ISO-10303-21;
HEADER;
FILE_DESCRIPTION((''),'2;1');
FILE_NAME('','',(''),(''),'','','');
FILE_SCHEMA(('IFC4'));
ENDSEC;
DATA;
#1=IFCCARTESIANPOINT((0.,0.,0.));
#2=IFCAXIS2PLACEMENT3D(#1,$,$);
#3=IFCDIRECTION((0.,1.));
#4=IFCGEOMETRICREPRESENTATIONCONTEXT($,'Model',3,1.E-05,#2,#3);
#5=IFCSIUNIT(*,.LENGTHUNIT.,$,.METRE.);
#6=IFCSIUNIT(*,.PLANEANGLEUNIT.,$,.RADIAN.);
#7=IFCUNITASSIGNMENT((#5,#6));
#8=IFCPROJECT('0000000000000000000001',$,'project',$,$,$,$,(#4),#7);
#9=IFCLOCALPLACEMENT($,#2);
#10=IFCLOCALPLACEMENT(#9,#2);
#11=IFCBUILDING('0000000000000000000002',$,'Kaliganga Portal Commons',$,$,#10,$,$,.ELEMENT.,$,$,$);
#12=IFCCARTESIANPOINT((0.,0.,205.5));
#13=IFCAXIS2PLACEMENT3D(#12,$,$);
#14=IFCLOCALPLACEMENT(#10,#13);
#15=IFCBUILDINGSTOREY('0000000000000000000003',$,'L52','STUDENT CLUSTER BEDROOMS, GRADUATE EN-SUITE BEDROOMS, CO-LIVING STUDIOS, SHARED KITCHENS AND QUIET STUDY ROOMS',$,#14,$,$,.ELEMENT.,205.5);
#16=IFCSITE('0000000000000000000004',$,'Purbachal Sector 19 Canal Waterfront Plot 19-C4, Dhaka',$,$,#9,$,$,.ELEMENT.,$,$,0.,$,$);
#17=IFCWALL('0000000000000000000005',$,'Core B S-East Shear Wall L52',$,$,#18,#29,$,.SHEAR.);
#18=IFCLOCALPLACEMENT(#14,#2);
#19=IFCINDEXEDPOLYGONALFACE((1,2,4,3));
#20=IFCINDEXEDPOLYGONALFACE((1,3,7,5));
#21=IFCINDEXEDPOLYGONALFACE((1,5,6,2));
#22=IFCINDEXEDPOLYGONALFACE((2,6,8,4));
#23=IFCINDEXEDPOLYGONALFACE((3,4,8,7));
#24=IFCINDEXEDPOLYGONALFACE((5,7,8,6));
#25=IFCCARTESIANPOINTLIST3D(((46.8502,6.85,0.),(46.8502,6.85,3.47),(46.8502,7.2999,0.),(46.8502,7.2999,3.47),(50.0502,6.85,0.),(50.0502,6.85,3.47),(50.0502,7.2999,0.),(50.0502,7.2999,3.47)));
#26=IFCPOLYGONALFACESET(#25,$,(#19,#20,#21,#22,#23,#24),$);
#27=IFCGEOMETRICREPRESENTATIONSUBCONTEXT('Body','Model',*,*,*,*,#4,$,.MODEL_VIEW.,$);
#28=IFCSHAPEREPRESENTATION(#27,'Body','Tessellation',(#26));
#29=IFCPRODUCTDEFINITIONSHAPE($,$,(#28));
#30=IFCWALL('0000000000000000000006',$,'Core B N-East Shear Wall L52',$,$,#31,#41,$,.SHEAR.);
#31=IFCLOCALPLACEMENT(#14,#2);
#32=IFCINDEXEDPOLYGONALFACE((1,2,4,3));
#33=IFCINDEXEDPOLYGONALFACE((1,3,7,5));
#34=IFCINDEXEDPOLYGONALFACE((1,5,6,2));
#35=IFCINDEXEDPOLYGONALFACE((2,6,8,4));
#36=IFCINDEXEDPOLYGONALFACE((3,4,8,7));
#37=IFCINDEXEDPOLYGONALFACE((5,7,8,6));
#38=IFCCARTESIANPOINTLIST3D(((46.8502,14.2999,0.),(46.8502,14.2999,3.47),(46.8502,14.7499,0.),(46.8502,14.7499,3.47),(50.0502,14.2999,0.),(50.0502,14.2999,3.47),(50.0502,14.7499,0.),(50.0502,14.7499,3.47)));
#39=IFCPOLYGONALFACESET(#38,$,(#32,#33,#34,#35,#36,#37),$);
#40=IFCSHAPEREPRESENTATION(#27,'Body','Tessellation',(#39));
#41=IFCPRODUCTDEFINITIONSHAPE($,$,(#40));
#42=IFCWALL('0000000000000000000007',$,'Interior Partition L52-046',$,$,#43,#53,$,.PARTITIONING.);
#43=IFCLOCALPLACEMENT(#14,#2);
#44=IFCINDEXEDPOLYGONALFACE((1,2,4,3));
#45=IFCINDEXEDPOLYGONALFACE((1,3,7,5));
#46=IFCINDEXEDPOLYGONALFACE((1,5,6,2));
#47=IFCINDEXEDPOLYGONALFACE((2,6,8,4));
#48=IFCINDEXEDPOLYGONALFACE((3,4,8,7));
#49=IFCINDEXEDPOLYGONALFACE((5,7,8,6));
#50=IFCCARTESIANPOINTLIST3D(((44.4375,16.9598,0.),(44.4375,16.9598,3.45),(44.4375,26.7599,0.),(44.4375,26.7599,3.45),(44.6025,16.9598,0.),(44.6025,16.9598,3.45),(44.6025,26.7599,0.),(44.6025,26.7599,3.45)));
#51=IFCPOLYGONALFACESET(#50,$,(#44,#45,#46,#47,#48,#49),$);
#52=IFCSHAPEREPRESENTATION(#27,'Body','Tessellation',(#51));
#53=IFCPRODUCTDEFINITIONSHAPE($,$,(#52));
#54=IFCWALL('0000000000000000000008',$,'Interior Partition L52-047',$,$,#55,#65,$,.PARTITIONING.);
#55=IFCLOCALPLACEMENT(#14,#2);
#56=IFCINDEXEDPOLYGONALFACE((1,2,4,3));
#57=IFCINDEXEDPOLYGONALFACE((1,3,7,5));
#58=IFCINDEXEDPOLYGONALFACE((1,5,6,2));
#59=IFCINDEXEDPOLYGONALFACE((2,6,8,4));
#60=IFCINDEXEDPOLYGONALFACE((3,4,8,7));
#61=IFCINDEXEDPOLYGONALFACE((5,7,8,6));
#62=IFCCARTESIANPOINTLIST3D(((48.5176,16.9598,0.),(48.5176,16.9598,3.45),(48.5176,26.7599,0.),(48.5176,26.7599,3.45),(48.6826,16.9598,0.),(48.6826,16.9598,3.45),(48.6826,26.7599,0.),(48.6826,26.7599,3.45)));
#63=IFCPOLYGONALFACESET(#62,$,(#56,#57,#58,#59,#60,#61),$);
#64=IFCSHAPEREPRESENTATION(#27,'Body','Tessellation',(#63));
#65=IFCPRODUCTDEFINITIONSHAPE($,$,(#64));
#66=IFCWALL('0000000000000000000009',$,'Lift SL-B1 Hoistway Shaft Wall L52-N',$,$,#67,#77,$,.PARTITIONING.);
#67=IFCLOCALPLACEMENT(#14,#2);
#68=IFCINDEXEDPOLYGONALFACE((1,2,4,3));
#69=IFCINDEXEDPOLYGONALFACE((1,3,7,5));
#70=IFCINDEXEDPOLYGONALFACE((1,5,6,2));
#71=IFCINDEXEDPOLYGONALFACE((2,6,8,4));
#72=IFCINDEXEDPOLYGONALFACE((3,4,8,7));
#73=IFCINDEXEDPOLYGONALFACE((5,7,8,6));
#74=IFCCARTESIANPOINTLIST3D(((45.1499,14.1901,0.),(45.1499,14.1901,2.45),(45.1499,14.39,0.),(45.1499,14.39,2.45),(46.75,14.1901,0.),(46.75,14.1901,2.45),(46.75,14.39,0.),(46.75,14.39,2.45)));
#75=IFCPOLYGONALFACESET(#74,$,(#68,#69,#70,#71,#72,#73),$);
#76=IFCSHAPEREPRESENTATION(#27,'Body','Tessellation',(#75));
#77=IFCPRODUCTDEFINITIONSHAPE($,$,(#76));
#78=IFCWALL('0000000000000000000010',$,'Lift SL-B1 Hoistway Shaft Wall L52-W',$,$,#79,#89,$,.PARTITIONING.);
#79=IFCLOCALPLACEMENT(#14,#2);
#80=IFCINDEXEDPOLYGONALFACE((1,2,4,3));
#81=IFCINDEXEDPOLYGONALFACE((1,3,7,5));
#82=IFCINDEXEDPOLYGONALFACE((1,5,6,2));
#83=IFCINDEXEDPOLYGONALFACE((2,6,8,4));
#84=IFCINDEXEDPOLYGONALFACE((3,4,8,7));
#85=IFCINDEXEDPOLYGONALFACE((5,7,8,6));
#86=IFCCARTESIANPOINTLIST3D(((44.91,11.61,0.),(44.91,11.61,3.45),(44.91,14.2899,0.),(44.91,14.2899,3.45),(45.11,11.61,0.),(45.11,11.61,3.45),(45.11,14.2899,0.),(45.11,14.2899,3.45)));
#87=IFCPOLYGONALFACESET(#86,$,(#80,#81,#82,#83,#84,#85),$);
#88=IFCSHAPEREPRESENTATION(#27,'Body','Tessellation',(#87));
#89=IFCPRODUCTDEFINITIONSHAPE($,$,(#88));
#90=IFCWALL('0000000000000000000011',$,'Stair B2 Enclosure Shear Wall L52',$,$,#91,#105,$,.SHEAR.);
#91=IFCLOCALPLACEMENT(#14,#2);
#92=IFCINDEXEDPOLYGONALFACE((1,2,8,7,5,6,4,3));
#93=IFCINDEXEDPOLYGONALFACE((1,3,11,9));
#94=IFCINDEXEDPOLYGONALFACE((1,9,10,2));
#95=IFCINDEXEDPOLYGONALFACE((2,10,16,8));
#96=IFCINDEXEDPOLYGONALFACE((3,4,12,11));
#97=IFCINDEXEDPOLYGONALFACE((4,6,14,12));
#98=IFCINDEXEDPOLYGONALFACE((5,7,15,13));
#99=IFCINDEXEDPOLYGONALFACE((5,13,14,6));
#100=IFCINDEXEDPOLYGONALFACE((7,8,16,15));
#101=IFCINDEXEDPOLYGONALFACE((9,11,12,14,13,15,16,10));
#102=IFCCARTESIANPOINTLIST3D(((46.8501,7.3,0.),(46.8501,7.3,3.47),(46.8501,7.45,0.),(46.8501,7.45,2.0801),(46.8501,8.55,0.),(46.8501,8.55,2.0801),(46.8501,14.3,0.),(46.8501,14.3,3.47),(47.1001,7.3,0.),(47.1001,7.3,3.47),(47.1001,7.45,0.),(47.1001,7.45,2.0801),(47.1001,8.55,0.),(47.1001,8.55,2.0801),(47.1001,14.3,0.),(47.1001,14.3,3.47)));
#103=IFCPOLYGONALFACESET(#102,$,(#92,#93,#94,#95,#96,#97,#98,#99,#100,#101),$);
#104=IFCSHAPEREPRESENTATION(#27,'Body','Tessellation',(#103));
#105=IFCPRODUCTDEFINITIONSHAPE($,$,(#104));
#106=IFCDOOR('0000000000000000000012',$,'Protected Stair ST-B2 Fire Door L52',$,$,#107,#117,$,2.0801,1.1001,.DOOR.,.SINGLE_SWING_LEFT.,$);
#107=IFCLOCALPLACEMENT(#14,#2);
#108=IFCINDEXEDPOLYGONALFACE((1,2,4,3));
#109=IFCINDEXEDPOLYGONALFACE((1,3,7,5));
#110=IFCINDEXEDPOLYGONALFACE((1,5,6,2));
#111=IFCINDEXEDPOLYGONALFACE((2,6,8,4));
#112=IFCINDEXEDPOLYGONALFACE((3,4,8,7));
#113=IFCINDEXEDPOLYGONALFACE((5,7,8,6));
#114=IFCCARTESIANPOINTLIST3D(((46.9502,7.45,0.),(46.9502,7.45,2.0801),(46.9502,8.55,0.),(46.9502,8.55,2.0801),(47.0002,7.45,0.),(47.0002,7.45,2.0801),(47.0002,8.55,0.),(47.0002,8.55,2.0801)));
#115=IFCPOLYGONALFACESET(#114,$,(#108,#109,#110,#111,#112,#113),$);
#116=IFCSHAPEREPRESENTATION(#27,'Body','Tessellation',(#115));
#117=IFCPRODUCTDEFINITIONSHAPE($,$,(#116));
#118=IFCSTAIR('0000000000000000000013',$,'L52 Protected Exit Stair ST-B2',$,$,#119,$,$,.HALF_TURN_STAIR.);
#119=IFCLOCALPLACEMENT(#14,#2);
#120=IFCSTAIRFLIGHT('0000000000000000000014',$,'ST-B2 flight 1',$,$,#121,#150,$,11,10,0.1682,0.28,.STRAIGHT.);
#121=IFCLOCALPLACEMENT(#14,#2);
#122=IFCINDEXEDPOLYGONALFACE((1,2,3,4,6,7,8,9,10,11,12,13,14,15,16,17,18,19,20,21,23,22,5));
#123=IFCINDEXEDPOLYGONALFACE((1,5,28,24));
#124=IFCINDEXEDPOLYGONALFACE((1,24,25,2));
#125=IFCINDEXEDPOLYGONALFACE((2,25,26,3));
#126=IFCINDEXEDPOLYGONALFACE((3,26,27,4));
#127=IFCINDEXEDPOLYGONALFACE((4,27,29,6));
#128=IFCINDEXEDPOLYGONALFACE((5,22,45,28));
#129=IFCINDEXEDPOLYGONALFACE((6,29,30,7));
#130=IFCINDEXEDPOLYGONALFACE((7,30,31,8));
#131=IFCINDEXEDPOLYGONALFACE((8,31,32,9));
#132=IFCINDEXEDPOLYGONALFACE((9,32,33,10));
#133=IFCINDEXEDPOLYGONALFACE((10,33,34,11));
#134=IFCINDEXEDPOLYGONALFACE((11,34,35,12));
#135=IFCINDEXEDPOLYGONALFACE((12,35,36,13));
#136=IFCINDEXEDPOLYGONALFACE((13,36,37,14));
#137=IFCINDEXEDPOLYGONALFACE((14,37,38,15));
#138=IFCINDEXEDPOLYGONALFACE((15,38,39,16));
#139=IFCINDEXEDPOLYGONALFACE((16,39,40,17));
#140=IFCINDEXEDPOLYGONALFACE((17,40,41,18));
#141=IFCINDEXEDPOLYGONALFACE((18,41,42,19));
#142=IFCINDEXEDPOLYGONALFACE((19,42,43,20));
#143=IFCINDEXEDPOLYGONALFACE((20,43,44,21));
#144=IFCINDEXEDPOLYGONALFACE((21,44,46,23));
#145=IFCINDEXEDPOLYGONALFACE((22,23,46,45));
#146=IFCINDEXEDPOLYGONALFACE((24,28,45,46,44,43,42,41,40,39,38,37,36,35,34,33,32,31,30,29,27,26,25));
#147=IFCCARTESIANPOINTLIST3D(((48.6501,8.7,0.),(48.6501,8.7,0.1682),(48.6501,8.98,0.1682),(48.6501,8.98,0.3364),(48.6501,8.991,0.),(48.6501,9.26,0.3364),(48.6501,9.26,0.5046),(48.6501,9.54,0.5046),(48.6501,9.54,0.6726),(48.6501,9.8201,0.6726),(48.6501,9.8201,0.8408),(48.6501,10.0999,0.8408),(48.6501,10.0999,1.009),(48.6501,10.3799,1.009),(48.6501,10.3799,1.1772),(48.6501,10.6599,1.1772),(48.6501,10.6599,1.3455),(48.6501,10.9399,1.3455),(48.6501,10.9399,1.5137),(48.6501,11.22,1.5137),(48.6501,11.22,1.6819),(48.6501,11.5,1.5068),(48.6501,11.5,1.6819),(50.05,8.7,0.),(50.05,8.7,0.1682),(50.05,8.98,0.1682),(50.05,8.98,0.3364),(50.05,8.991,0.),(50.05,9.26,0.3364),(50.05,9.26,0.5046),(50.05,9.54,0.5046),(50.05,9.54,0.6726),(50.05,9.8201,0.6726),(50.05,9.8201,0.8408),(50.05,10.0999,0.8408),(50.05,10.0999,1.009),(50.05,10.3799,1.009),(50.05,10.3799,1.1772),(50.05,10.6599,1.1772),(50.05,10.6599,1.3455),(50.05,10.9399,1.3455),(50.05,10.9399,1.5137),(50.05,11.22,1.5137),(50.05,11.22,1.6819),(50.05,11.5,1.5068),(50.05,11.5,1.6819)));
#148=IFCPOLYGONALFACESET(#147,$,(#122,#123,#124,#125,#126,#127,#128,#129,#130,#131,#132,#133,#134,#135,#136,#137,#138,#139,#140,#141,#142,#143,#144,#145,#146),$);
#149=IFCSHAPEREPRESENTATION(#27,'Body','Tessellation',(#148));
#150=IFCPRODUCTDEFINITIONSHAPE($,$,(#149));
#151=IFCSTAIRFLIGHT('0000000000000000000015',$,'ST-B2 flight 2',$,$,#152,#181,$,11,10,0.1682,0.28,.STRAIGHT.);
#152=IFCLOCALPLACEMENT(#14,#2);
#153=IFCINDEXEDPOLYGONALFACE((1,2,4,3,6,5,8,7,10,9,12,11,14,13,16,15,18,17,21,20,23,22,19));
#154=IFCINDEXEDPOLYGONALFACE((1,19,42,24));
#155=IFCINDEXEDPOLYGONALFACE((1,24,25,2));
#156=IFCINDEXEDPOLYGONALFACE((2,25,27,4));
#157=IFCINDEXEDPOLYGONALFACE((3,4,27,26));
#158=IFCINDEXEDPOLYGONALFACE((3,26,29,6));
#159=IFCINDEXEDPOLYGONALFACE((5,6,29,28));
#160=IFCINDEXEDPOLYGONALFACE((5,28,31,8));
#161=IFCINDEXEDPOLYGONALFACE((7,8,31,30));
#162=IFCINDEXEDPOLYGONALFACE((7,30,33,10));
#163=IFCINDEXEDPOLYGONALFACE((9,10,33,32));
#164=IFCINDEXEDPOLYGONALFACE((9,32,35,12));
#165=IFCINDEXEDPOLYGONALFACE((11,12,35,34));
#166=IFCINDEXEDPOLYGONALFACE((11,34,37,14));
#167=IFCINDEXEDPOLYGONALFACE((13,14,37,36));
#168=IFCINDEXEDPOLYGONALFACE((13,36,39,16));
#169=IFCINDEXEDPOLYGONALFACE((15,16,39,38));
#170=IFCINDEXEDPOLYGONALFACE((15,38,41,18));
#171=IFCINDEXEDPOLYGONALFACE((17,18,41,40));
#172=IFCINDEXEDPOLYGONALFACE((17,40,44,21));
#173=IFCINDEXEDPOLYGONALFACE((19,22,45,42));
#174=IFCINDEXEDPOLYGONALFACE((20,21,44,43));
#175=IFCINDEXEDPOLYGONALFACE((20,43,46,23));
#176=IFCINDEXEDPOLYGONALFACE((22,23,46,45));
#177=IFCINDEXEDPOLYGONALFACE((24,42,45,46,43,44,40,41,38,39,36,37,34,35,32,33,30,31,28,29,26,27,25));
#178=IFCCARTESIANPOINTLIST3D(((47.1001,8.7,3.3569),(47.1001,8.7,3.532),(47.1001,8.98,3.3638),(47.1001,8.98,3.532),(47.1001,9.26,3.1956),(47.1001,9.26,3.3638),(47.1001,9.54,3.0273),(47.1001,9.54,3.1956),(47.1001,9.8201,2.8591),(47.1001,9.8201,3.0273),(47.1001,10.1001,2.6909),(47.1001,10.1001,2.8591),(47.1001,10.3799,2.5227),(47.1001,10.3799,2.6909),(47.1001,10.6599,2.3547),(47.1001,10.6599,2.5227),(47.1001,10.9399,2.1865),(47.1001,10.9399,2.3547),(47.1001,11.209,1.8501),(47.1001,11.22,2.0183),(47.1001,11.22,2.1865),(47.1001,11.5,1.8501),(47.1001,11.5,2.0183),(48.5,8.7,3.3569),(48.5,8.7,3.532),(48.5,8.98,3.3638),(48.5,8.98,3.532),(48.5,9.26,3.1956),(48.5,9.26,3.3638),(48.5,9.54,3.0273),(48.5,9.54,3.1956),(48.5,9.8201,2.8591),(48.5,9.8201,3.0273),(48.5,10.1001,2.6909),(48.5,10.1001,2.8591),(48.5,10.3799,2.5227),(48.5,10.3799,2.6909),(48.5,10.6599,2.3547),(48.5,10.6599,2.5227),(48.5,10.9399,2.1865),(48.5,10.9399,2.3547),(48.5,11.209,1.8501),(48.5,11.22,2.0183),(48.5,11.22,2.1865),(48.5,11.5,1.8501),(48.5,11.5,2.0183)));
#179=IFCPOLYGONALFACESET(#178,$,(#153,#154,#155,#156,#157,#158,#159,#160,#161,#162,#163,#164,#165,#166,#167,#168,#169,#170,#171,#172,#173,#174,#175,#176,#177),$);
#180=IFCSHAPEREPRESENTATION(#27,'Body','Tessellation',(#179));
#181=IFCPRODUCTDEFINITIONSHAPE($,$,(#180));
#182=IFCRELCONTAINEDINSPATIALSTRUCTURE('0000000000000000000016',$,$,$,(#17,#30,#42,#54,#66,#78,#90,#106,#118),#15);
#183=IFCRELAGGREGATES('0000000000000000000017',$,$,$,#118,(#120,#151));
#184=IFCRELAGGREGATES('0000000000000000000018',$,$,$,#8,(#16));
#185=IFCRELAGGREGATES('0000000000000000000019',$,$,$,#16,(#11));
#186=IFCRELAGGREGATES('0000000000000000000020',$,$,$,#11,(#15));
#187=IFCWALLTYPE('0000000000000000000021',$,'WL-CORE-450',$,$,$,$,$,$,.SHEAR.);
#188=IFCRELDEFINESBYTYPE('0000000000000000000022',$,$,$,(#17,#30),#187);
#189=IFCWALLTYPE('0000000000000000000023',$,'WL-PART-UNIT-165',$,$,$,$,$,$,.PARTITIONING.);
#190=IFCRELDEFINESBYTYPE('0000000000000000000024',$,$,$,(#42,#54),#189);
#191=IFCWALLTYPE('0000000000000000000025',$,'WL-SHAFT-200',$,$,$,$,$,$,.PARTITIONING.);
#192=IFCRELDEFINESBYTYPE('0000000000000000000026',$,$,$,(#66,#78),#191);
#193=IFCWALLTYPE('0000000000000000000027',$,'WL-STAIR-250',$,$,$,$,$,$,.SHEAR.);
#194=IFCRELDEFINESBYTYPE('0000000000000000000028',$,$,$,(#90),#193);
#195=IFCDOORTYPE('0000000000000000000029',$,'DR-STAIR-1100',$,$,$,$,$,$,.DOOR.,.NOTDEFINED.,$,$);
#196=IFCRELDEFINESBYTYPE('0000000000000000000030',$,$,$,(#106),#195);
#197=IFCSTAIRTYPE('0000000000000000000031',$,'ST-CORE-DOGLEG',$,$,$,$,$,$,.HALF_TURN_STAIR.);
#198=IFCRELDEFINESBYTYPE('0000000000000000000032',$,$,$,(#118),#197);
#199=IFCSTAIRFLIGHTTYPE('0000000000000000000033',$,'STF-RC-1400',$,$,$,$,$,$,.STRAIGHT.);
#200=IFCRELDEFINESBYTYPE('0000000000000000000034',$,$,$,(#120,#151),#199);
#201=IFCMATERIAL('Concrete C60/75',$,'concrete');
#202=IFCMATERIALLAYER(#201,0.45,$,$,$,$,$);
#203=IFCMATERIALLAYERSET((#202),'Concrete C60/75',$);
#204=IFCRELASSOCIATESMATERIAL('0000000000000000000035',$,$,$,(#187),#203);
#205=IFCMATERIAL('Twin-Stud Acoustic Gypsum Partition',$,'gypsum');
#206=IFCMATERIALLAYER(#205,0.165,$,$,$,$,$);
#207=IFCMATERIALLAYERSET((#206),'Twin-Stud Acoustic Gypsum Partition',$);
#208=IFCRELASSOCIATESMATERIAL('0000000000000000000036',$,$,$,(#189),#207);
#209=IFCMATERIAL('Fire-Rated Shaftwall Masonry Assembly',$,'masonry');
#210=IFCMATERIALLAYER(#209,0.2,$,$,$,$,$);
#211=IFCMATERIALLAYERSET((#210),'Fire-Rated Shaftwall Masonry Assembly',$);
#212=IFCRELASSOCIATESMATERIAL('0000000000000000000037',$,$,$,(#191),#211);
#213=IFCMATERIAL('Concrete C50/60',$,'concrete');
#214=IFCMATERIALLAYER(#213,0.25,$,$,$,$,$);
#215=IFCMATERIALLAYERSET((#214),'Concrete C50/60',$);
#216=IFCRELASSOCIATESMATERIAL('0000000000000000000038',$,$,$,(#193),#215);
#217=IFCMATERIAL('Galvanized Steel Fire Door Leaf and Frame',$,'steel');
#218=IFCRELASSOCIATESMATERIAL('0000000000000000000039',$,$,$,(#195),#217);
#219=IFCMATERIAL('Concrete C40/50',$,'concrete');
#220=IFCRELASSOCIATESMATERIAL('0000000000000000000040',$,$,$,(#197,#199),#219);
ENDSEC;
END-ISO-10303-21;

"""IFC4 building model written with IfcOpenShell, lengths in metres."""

from ifc_helpers import new_model, si_unit, direction, frame, frame_2d, origin, place, context, subcontext, project, spatial, polyline, rectangle, outline, extrude, material, layer, layer_set, type_object, element, fill, aggregate, save


model = new_model("IFC4")

# Units and contexts
model_context = context("Model", 3, precision=1e-05, world=origin(), true_north=direction((0.0, 1.0)))
body_context = subcontext(model_context, "Body", "Model", "MODEL_VIEW")
ifc_project = project(units=[si_unit("LENGTHUNIT", "METRE"), si_unit("PLANEANGLEUNIT", "RADIAN")], contexts=[model_context])

# Site, building, storey
site_placement = place(None, origin())
site = spatial("IfcSite", under=ifc_project, at=site_placement, Name="Purbachal Sector 19 Canal Waterfront Plot 19-C4, Dhaka", CompositionType="ELEMENT", RefElevation=0.0)
building_placement = place(site_placement, origin())
building = spatial("IfcBuilding", under=site, at=building_placement, Name="Kaliganga Portal Commons", CompositionType="ELEMENT")
storey_placement = place(building_placement, frame((0.0, 0.0, 205.5)))
storey = spatial("IfcBuildingStorey", under=building, at=storey_placement, Name="L52", Description="STUDENT CLUSTER BEDROOMS, GRADUATE EN-SUITE BEDROOMS, CO-LIVING STUDIOS, SHARED KITCHENS AND QUIET STUDY ROOMS", CompositionType="ELEMENT", Elevation=205.5)

# Shared definitions
ifc_material_1 = material(Name="Concrete C50/60", Category="concrete")

# Walls
ifc_material_2 = material(Name="Concrete C60/75", Category="concrete")
ifc_layer_1 = layer(ifc_material_2, 0.45)
ifc_layer_set_1 = layer_set([ifc_layer_1], Name="Concrete C60/75")
wall_type_1 = type_object("IfcWallType", Name="WL-CORE-450", PredefinedType="SHEAR", material=ifc_layer_set_1)
for number, where, z_axis, x_axis, name in (
    (1, (46.8501, 7.075, 0.0), (0.0, 0.0, 1.0), (1.0, 0.0, 0.0), "Core B S-East Shear Wall L52"),
    (2, (46.8501, 14.5249, 0.0), (0.0, 0.0, 1.0), (1.0, 0.0, 0.0), "Core B N-East Shear Wall L52"),
):
    element("IfcWall", number, at=place(storey_placement, frame(where, z_axis=z_axis, x_axis=x_axis)), inside=storey, type_object=wall_type_1, Name=name, PredefinedType="SHEAR", context=body_context, shape_type="SweptSolid", body=[
        extrude(rectangle(XDim=3.2, YDim=0.45, at=frame_2d((1.6001, 0.0))), origin(), (0.0, 0.0, 1.0), 3.47),
    ])

# Walls
ifc_material_3 = material(Name="Twin-Stud Acoustic Gypsum Partition", Category="gypsum")
ifc_layer_2 = layer(ifc_material_3, 0.165)
ifc_layer_set_2 = layer_set([ifc_layer_2], Name="Twin-Stud Acoustic Gypsum Partition")
wall_type_2 = type_object("IfcWallType", Name="WL-PART-UNIT-165", PredefinedType="PARTITIONING", material=ifc_layer_set_2)
for number, where, z_axis, x_axis, name in (
    (3, (44.52, 16.96, 0.0), (0.0, 0.0, 1.0), (0.0, 1.0, 0.0), "Interior Partition L52-046"),
    (4, (48.6001, 16.96, 0.0), (0.0, 0.0, 1.0), (0.0, 1.0, 0.0), "Interior Partition L52-047"),
):
    element("IfcWall", number, at=place(storey_placement, frame(where, z_axis=z_axis, x_axis=x_axis)), inside=storey, type_object=wall_type_2, Name=name, PredefinedType="PARTITIONING", context=body_context, shape_type="SweptSolid", body=[
        extrude(rectangle(XDim=9.8, YDim=0.165, at=frame_2d((4.8999, 0.0))), origin(), (0.0, 0.0, 1.0), 3.45),
    ])

# Shared definitions
ifc_material_4 = material(Name="Fire-Rated Shaftwall Masonry Assembly", Category="masonry")
ifc_layer_3 = layer(ifc_material_4, 0.2)
ifc_layer_set_3 = layer_set([ifc_layer_3], Name="Fire-Rated Shaftwall Masonry Assembly")
wall_type_3 = type_object("IfcWallType", Name="WL-SHAFT-200", PredefinedType="PARTITIONING", material=ifc_layer_set_3)

# Walls
wall_1_placement = place(storey_placement, frame((45.1499, 14.29, 0.0), z_axis=(0.0, 0.0, 1.0), x_axis=(1.0, 0.0, 0.0)))
element("IfcWall", 5, at=wall_1_placement, inside=storey, type_object=wall_type_3, Name="Lift SL-B1 Hoistway Shaft Wall L52-N", PredefinedType="PARTITIONING", context=body_context, shape_type="SweptSolid", body=[
    extrude(rectangle(XDim=1.6001, YDim=0.2, at=frame_2d((0.8, 0.0))), origin(), (0.0, 0.0, 1.0), 2.45),
])
wall_2_placement = place(storey_placement, frame((45.01, 11.6101, 0.0), z_axis=(0.0, 0.0, 1.0), x_axis=(0.0, 1.0, 0.0)))
element("IfcWall", 6, at=wall_2_placement, inside=storey, type_object=wall_type_3, Name="Lift SL-B1 Hoistway Shaft Wall L52-W", PredefinedType="PARTITIONING", context=body_context, shape_type="SweptSolid", body=[
    extrude(rectangle(XDim=2.6799, YDim=0.2, at=frame_2d((1.3398, 0.0))), origin(), (0.0, 0.0, 1.0), 3.45),
])

# Wall, opening, door
ifc_layer_4 = layer(ifc_material_1, 0.25)
ifc_layer_set_4 = layer_set([ifc_layer_4], Name="Concrete C50/60")
wall_type_4 = type_object("IfcWallType", Name="WL-STAIR-250", PredefinedType="SHEAR", material=ifc_layer_set_4)
wall_3_placement = place(storey_placement, frame((46.9751, 7.3, 0.0), z_axis=(0.0, 0.0, 1.0), x_axis=(0.0, 1.0, 0.0)))
wall_3 = element("IfcWall", 7, at=wall_3_placement, inside=storey, type_object=wall_type_4, Name="Stair B2 Enclosure Shear Wall L52", PredefinedType="SHEAR", context=body_context, shape_type="SweptSolid", body=[
    extrude(rectangle(XDim=7.0, YDim=0.25, at=frame_2d((3.5, 0.0))), origin(), (0.0, 0.0, 1.0), 3.47),
])
opening_1_placement = place(wall_3_placement, frame((0.1499, 0.0, 0.0)))
opening_1 = element("IfcOpeningElement", 8, at=opening_1_placement, cuts=wall_3, PredefinedType="OPENING", context=body_context, shape_type="SweptSolid", body=[
    extrude(rectangle(XDim=1.1001, YDim=2.0801, at=frame_2d((0.55, 1.04))), frame((0.0, 0.135, 0.0), z_axis=(0.0, -1.0, 0.0), x_axis=(1.0, 0.0, 0.0)), (0.0, 0.0, 1.0), 0.27),
])
ifc_material_5 = material(Name="Galvanized Steel Fire Door Leaf and Frame", Category="steel")
door_type_1 = type_object("IfcDoorType", Name="DR-STAIR-1100", OperationType="NOTDEFINED", PredefinedType="DOOR", material=ifc_material_5)
door_1_placement = place(opening_1_placement, origin())
door_1 = element("IfcDoor", 9, at=door_1_placement, inside=storey, type_object=door_type_1, Name="Protected Stair ST-B2 Fire Door L52", OperationType="SINGLE_SWING_LEFT", OverallHeight=2.0801, OverallWidth=1.1001, PredefinedType="DOOR", context=body_context, shape_type="SweptSolid", body=[
    extrude(rectangle(XDim=1.1001, YDim=2.0801, at=frame_2d((0.55, 1.04))), frame((0.0, 0.0249, 0.0), z_axis=(0.0, -1.0, 0.0), x_axis=(1.0, 0.0, 0.0)), (0.0, 0.0, 1.0), 0.05),
])
fill(opening_1, door_1)

# Stair, stair flights
ifc_material_6 = material(Name="Concrete C40/50", Category="concrete")
stair_type = type_object("IfcStairType", Name="ST-CORE-DOGLEG", PredefinedType="HALF_TURN_STAIR", material=ifc_material_6)
stair_placement = place(storey_placement, origin())
stair = element("IfcStair", 10, at=stair_placement, inside=storey, type_object=stair_type, Name="L52 Protected Exit Stair ST-B2", PredefinedType="HALF_TURN_STAIR")
stair_flight_type = type_object("IfcStairFlightType", Name="STF-RC-1400", PredefinedType="STRAIGHT", material=ifc_material_6)
stair_flight_1_placement = place(storey_placement, frame((49.3501, 8.7, 0.0), z_axis=(0.0, 0.0, 1.0), x_axis=(0.0, 1.0, 0.0)))
stair_flight_1 = element("IfcStairFlight", 11, at=stair_flight_1_placement, type_object=stair_flight_type, Name="ST-B2 flight 1", NumberOfRisers=11, NumberOfTreads=10, PredefinedType="STRAIGHT", RiserHeight=0.1682, TreadLength=0.28, context=body_context, shape_type="SweptSolid", body=[
    extrude(outline(polyline([(0.0, 0.0), (0.0, 0.1682), (0.28, 0.1682), (0.28, 0.3364), (0.5601, 0.3364), (0.5601, 0.5046), (0.8401, 0.5046), (0.8401, 0.6726), (1.1201, 0.6726), (1.1201, 0.8408), (1.3999, 0.8408), (1.3999, 1.009), (1.6799, 1.009), (1.6799, 1.1772), (1.96, 1.1772), (1.96, 1.3455), (2.24, 1.3455), (2.24, 1.5137), (2.52, 1.5137), (2.52, 1.6819), (2.8, 1.6819), (2.8, 1.8501), (2.8, 1.5068), (0.291, 0.0), (0.0, 0.0)])), frame((0.0, 0.7, 0.0), z_axis=(0.0, -1.0, 0.0), x_axis=(1.0, 0.0, 0.0)), (0.0, 0.0, 1.0), 1.3999),
])
stair_flight_2_placement = place(storey_placement, frame((47.8, 11.5, 1.8501), z_axis=(0.0, 0.0, 1.0), x_axis=(0.0, -1.0, 0.0)))
stair_flight_2 = element("IfcStairFlight", 12, at=stair_flight_2_placement, type_object=stair_flight_type, Name="ST-B2 flight 2", NumberOfRisers=11, NumberOfTreads=10, PredefinedType="STRAIGHT", RiserHeight=0.1682, TreadLength=0.28, context=body_context, shape_type="SweptSolid", body=[
    extrude(outline(polyline([(0.0, 0.0), (0.0, 0.1682), (0.28, 0.1682), (0.28, 0.3364), (0.5601, 0.3364), (0.5601, 0.5046), (0.8401, 0.5046), (0.8401, 0.6726), (1.1201, 0.6726), (1.1201, 0.8408), (1.3999, 0.8408), (1.3999, 1.009), (1.6799, 1.009), (1.6799, 1.1772), (1.96, 1.1772), (1.96, 1.3455), (2.24, 1.3455), (2.24, 1.5137), (2.52, 1.5137), (2.52, 1.6819), (2.8, 1.6819), (2.8, 1.8501), (2.8, 1.5068), (0.291, 0.0), (0.0, 0.0)])), frame((0.0, 0.7, 0.0), z_axis=(0.0, -1.0, 0.0), x_axis=(1.0, 0.0, 0.0)), (0.0, 0.0, 1.0), 1.3999),
])
aggregate(stair, [stair_flight_1, stair_flight_2])

save(model, "model.ifc")
